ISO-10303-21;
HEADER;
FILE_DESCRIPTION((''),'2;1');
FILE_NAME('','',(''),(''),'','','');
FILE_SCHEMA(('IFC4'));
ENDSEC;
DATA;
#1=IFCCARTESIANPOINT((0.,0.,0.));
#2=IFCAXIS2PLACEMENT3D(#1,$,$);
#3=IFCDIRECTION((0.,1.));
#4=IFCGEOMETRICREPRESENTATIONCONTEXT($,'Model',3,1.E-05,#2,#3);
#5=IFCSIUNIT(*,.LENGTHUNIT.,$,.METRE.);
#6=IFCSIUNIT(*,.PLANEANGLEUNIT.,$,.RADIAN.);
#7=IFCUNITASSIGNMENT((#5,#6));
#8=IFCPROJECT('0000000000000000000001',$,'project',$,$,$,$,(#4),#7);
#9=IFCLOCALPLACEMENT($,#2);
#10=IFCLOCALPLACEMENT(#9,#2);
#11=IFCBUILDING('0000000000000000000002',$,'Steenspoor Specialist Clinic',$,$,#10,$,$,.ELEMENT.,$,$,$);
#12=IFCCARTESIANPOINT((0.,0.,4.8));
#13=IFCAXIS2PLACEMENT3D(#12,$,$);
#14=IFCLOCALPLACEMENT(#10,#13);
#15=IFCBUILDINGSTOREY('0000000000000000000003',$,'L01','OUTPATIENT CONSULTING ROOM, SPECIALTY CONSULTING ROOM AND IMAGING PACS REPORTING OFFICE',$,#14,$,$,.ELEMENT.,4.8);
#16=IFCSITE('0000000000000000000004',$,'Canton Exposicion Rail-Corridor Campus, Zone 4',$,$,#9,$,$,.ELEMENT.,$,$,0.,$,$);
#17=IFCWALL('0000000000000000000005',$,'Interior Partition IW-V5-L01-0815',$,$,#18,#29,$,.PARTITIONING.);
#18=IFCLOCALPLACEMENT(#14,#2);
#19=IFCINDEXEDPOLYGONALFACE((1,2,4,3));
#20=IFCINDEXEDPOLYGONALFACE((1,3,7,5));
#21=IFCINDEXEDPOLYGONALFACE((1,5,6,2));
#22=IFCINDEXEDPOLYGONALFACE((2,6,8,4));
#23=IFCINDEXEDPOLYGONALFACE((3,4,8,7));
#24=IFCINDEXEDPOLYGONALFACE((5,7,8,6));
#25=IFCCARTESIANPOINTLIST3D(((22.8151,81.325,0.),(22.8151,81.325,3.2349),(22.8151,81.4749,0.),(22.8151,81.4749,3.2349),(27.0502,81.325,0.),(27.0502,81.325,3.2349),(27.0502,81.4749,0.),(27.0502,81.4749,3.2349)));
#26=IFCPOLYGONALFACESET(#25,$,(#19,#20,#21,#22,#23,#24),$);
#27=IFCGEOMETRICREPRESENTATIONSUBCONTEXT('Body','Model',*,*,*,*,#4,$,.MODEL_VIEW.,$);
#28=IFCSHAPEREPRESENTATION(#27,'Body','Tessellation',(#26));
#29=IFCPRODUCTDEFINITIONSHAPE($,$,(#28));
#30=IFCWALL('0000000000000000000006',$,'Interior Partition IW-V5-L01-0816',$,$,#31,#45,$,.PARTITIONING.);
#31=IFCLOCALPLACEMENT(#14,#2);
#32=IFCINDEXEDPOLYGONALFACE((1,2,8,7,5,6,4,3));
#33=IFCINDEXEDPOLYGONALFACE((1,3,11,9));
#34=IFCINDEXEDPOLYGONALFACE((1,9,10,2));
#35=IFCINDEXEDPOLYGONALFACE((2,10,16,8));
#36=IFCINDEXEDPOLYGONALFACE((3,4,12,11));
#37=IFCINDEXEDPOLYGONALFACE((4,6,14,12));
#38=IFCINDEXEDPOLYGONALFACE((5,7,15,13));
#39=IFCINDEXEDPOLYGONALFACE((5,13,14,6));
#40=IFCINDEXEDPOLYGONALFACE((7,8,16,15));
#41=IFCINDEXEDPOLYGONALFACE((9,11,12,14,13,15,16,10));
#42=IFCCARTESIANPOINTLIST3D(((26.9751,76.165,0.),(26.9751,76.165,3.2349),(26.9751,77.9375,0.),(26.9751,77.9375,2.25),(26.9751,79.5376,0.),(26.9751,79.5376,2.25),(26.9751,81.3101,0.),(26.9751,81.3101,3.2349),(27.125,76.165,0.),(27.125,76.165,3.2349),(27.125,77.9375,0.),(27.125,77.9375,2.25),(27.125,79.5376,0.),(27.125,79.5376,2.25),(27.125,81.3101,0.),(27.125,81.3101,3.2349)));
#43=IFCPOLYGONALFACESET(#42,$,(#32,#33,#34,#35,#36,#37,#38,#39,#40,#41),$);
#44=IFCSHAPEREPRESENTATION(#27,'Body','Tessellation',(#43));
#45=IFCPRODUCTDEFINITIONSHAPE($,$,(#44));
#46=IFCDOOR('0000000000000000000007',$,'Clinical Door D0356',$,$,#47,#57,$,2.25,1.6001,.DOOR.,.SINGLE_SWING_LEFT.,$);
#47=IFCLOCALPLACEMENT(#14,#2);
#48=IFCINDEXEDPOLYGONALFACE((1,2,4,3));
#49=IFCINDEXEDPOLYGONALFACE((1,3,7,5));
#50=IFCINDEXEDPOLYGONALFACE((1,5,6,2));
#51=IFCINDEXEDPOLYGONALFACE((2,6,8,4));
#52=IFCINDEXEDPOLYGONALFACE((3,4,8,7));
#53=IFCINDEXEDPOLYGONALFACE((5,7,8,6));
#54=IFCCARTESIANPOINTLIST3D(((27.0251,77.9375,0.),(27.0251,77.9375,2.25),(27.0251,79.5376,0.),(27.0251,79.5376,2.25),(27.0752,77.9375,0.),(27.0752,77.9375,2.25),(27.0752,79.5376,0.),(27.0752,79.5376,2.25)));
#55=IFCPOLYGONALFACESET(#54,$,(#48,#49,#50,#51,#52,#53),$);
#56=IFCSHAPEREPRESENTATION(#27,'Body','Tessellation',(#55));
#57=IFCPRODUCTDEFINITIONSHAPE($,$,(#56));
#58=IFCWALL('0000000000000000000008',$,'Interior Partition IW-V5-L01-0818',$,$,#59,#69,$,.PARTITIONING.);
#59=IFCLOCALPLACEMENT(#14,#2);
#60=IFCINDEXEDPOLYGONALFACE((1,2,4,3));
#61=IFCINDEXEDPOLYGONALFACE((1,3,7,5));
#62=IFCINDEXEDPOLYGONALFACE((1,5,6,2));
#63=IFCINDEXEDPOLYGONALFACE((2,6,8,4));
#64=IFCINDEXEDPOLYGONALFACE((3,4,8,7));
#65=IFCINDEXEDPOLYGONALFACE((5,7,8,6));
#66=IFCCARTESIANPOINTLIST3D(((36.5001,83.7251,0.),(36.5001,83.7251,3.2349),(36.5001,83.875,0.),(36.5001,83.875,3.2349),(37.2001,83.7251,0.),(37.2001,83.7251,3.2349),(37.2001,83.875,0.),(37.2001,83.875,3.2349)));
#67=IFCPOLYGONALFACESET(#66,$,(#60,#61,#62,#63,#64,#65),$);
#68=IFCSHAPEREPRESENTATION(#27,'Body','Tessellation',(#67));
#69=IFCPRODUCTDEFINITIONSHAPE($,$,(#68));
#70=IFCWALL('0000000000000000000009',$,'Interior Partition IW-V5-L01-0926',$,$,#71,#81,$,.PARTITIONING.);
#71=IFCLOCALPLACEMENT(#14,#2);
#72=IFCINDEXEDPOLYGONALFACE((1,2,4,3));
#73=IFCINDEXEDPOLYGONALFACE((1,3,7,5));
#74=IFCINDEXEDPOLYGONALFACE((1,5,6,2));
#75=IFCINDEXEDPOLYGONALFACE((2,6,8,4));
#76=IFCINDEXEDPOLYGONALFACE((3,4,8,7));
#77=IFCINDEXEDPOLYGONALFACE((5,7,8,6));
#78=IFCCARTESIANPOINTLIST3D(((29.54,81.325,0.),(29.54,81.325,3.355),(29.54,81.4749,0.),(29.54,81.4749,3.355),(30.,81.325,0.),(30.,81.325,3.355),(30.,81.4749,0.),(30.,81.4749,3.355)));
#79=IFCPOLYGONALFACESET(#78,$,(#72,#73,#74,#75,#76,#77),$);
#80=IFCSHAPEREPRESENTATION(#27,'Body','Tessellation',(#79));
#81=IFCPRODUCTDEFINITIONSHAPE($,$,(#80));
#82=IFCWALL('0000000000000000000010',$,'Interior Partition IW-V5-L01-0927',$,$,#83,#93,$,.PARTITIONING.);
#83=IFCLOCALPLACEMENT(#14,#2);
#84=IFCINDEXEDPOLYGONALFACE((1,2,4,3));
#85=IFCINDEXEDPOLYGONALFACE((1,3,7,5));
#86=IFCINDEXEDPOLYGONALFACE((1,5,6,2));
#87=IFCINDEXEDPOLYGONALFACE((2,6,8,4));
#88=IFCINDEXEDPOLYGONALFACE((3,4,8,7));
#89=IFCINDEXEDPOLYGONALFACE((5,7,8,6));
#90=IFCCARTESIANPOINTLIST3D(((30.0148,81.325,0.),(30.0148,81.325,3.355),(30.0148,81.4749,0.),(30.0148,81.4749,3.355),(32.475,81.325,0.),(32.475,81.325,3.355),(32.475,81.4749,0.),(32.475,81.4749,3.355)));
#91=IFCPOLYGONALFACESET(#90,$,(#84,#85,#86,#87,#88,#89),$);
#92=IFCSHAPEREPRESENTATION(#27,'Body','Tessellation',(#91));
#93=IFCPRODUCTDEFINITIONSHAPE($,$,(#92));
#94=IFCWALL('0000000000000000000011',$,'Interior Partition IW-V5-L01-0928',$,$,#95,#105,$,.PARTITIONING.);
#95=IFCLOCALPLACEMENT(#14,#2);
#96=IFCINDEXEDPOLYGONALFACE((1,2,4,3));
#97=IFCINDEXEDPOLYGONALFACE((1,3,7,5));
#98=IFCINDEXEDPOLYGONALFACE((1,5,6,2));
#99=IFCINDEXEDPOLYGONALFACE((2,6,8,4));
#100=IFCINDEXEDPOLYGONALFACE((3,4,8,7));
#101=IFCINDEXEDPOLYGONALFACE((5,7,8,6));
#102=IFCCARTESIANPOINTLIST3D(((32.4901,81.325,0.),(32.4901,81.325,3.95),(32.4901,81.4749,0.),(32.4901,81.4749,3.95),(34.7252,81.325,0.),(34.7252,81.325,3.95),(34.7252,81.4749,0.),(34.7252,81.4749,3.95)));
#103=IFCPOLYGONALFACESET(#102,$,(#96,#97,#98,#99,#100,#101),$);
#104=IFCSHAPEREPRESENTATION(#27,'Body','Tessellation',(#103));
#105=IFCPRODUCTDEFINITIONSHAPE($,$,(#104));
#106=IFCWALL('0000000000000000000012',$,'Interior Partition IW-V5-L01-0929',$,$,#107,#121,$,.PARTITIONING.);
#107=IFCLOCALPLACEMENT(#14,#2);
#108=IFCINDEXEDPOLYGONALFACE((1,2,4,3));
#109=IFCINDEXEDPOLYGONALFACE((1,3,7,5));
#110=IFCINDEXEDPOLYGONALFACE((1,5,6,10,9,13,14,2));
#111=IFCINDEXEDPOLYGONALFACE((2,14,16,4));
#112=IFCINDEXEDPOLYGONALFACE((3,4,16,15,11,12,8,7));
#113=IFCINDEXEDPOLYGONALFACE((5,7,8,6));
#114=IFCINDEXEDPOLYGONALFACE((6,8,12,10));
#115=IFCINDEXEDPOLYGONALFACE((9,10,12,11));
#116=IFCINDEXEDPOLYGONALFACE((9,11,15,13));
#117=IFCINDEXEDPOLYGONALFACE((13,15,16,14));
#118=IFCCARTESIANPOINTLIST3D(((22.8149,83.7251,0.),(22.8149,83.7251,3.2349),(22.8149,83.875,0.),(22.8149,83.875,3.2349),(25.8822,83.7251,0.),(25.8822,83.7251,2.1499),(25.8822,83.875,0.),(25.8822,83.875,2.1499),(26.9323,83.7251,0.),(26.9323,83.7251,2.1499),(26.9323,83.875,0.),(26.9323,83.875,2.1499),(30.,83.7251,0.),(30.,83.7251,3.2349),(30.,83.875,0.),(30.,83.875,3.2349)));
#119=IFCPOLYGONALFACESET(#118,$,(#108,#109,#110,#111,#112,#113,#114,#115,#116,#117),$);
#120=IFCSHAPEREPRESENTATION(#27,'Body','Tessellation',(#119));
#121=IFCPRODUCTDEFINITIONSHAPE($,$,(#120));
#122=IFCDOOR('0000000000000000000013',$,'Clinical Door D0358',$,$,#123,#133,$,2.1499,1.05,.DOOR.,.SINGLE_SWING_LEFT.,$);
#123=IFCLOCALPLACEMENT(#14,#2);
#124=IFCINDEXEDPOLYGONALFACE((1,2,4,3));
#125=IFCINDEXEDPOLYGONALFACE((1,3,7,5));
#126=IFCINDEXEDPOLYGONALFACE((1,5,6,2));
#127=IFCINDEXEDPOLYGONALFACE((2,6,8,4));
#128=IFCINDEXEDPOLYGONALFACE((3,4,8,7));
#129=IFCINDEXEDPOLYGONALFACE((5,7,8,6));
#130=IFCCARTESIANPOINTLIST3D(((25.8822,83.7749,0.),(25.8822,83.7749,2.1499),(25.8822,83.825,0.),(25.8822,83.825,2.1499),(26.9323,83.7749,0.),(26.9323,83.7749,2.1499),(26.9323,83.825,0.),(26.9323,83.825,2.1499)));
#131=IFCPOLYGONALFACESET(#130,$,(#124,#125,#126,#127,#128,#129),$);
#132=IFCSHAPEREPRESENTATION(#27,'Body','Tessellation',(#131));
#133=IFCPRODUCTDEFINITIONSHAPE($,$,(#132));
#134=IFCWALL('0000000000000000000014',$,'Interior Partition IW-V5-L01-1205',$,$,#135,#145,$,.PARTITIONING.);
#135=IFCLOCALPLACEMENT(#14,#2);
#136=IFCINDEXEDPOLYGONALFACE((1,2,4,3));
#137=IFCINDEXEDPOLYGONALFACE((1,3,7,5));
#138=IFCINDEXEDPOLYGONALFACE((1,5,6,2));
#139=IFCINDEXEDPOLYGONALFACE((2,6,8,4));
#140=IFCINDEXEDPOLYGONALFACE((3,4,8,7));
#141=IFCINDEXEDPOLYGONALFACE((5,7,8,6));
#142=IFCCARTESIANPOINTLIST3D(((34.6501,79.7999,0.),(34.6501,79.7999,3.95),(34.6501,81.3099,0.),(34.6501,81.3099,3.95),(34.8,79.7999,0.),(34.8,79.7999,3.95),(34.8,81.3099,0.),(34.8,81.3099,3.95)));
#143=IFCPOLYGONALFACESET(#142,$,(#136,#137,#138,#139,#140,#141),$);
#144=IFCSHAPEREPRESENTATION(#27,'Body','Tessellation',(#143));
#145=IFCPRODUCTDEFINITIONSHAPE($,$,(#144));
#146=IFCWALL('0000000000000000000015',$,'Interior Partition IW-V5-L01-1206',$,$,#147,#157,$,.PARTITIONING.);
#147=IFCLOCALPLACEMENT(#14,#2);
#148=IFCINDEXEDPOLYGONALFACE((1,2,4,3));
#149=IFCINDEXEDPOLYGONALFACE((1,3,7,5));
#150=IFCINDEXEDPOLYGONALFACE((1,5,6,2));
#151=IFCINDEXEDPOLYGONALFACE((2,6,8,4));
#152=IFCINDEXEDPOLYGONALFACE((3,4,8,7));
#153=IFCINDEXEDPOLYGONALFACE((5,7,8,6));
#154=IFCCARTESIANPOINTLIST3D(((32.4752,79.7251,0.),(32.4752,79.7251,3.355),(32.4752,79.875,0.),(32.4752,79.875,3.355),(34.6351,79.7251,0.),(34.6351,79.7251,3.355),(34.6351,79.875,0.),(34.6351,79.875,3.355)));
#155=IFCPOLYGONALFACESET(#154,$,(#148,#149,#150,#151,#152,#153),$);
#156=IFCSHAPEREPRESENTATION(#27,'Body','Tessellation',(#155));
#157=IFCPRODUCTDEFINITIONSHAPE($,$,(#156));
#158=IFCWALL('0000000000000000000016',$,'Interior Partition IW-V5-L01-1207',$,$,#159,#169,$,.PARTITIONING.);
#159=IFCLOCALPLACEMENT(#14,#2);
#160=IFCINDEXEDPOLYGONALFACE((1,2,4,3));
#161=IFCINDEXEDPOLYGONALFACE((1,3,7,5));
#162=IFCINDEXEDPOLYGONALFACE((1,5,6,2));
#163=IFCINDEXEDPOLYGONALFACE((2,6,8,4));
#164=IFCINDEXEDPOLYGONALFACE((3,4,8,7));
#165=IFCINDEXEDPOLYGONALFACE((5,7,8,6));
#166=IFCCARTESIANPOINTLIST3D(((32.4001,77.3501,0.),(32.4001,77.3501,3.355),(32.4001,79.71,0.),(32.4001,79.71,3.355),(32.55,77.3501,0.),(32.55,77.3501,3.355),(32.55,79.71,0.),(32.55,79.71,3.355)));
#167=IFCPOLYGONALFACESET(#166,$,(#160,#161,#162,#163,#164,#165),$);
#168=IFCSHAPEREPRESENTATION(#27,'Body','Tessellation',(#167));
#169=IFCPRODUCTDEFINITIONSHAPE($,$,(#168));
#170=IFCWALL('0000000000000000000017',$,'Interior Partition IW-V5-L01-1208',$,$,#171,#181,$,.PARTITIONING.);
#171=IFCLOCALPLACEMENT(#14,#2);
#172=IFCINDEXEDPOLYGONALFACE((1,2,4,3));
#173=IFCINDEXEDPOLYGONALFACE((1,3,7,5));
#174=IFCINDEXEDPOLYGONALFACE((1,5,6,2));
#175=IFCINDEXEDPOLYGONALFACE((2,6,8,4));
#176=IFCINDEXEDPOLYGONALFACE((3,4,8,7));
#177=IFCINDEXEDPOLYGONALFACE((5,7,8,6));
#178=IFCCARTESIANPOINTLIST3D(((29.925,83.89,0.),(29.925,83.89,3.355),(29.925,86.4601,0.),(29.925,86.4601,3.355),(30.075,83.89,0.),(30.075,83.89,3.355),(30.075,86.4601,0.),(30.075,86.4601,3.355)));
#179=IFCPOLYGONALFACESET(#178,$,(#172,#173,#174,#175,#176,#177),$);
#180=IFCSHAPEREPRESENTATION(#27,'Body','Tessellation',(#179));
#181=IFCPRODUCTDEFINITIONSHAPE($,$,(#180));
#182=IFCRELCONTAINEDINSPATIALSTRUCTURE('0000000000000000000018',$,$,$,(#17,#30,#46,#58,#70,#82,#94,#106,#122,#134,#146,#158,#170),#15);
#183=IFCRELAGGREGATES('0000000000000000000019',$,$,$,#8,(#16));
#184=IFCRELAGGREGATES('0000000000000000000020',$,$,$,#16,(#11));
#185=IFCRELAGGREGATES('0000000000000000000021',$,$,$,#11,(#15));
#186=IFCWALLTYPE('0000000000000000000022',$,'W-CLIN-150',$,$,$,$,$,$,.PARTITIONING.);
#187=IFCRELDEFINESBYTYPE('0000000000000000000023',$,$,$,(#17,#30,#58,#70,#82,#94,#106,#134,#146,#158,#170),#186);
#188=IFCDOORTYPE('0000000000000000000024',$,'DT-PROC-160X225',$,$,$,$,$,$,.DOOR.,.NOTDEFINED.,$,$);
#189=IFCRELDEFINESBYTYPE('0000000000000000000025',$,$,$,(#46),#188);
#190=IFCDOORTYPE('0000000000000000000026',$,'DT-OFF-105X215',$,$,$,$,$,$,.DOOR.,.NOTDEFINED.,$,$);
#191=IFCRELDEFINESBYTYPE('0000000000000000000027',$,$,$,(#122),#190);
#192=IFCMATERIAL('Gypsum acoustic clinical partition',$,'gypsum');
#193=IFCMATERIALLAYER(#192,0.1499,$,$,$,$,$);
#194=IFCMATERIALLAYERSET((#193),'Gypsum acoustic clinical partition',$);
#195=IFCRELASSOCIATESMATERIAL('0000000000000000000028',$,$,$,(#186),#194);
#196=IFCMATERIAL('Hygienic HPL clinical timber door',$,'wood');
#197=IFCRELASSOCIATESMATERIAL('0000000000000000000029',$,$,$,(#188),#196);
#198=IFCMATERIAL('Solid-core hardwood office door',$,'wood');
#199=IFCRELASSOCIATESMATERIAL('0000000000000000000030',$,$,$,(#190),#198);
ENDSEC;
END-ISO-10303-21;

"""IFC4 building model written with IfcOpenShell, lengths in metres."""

from ifc_helpers import new_model, si_unit, direction, frame, frame_2d, origin, place, context, subcontext, project, spatial, rectangle, extrude, material, layer, layer_set, type_object, element, fill, save


model = new_model("IFC4")

# Units and contexts
model_context = context("Model", 3, precision=1e-05, world=origin(), true_north=direction((0.0, 1.0)))
body_context = subcontext(model_context, "Body", "Model", "MODEL_VIEW")
ifc_project = project(units=[si_unit("LENGTHUNIT", "METRE"), si_unit("PLANEANGLEUNIT", "RADIAN")], contexts=[model_context])

# Site, building, storey
site_placement = place(None, origin())
site = spatial("IfcSite", under=ifc_project, at=site_placement, Name="Canton Exposicion Rail-Corridor Campus, Zone 4", CompositionType="ELEMENT", RefElevation=0.0)
building_placement = place(site_placement, origin())
building = spatial("IfcBuilding", under=site, at=building_placement, Name="Steenspoor Specialist Clinic", CompositionType="ELEMENT")
storey_placement = place(building_placement, frame((0.0, 0.0, 4.8)))
storey = spatial("IfcBuildingStorey", under=building, at=storey_placement, Name="L01", Description="OUTPATIENT CONSULTING ROOM, SPECIALTY CONSULTING ROOM AND IMAGING PACS REPORTING OFFICE", CompositionType="ELEMENT", Elevation=4.8)

# Wall
ifc_material_1 = material(Name="Gypsum acoustic clinical partition", Category="gypsum")
ifc_layer_1 = layer(ifc_material_1, 0.1499)
ifc_layer_set_1 = layer_set([ifc_layer_1], Name="Gypsum acoustic clinical partition")
wall_type_1 = type_object("IfcWallType", Name="W-CLIN-150", PredefinedType="PARTITIONING", material=ifc_layer_set_1)
wall_1_placement = place(storey_placement, frame((22.8149, 81.3999, 0.0), z_axis=(0.0, 0.0, 1.0), x_axis=(1.0, 0.0, 0.0)))
element("IfcWall", 1, at=wall_1_placement, inside=storey, type_object=wall_type_1, Name="Interior Partition IW-V5-L01-0815", PredefinedType="PARTITIONING", context=body_context, shape_type="SweptSolid", body=[
    extrude(rectangle(XDim=4.2351, YDim=0.1499, at=frame_2d((2.1177, 0.0))), origin(), (0.0, 0.0, 1.0), 3.2349),
])

# Wall, opening, door
wall_2_placement = place(storey_placement, frame((27.05, 76.165, 0.0), z_axis=(0.0, 0.0, 1.0), x_axis=(0.0, 1.0, 0.0)))
wall_2 = element("IfcWall", 2, at=wall_2_placement, inside=storey, type_object=wall_type_1, Name="Interior Partition IW-V5-L01-0816", PredefinedType="PARTITIONING", context=body_context, shape_type="SweptSolid", body=[
    extrude(rectangle(XDim=5.145, YDim=0.1499, at=frame_2d((2.5725, 0.0))), origin(), (0.0, 0.0, 1.0), 3.2349),
])
opening_1_placement = place(wall_2_placement, frame((1.7725, 0.0, 0.0)))
opening_1 = element("IfcOpeningElement", 3, at=opening_1_placement, cuts=wall_2, PredefinedType="OPENING", context=body_context, shape_type="SweptSolid", body=[
    extrude(rectangle(XDim=1.6001, YDim=2.25, at=frame_2d((0.8, 1.125))), frame((0.0, 0.085, 0.0), z_axis=(0.0, -1.0, 0.0), x_axis=(1.0, 0.0, 0.0)), (0.0, 0.0, 1.0), 0.1699),
])
ifc_material_2 = material(Name="Hygienic HPL clinical timber door", Category="wood")
door_type_1 = type_object("IfcDoorType", Name="DT-PROC-160X225", OperationType="NOTDEFINED", PredefinedType="DOOR", material=ifc_material_2)
door_1_placement = place(opening_1_placement, origin())
door_1 = element("IfcDoor", 4, at=door_1_placement, inside=storey, type_object=door_type_1, Name="Clinical Door D0356", OperationType="SINGLE_SWING_LEFT", OverallHeight=2.25, OverallWidth=1.6001, PredefinedType="DOOR", context=body_context, shape_type="SweptSolid", body=[
    extrude(rectangle(XDim=1.6001, YDim=2.25, at=frame_2d((0.8, 1.125))), frame((0.0, 0.0249, 0.0), z_axis=(0.0, -1.0, 0.0), x_axis=(1.0, 0.0, 0.0)), (0.0, 0.0, 1.0), 0.05),
])
fill(opening_1, door_1)

# Walls
wall_3_placement = place(storey_placement, frame((36.5, 83.8, 0.0), z_axis=(0.0, 0.0, 1.0), x_axis=(1.0, 0.0, 0.0)))
element("IfcWall", 5, at=wall_3_placement, inside=storey, type_object=wall_type_1, Name="Interior Partition IW-V5-L01-0818", PredefinedType="PARTITIONING", context=body_context, shape_type="SweptSolid", body=[
    extrude(rectangle(XDim=0.7, YDim=0.1499, at=frame_2d((0.3501, 0.0))), origin(), (0.0, 0.0, 1.0), 3.2349),
])
wall_4_placement = place(storey_placement, frame((29.54, 81.3999, 0.0), z_axis=(0.0, 0.0, 1.0), x_axis=(1.0, 0.0, 0.0)))
element("IfcWall", 6, at=wall_4_placement, inside=storey, type_object=wall_type_1, Name="Interior Partition IW-V5-L01-0926", PredefinedType="PARTITIONING", context=body_context, shape_type="SweptSolid", body=[
    extrude(rectangle(XDim=0.46, YDim=0.1499, at=frame_2d((0.23, 0.0))), origin(), (0.0, 0.0, 1.0), 3.355),
])
wall_5_placement = place(storey_placement, frame((30.0149, 81.3999, 0.0), z_axis=(0.0, 0.0, 1.0), x_axis=(1.0, 0.0, 0.0)))
element("IfcWall", 7, at=wall_5_placement, inside=storey, type_object=wall_type_1, Name="Interior Partition IW-V5-L01-0927", PredefinedType="PARTITIONING", context=body_context, shape_type="SweptSolid", body=[
    extrude(rectangle(XDim=2.4602, YDim=0.1499, at=frame_2d((1.23, 0.0))), origin(), (0.0, 0.0, 1.0), 3.355),
])
wall_6_placement = place(storey_placement, frame((32.49, 81.3999, 0.0), z_axis=(0.0, 0.0, 1.0), x_axis=(1.0, 0.0, 0.0)))
element("IfcWall", 8, at=wall_6_placement, inside=storey, type_object=wall_type_1, Name="Interior Partition IW-V5-L01-0928", PredefinedType="PARTITIONING", context=body_context, shape_type="SweptSolid", body=[
    extrude(rectangle(XDim=2.2351, YDim=0.1499, at=frame_2d((1.1177, 0.0))), origin(), (0.0, 0.0, 1.0), 3.95),
])

# Wall, opening, door
wall_7_placement = place(storey_placement, frame((22.8149, 83.8, 0.0), z_axis=(0.0, 0.0, 1.0), x_axis=(1.0, 0.0, 0.0)))
wall_7 = element("IfcWall", 9, at=wall_7_placement, inside=storey, type_object=wall_type_1, Name="Interior Partition IW-V5-L01-0929", PredefinedType="PARTITIONING", context=body_context, shape_type="SweptSolid", body=[
    extrude(rectangle(XDim=7.1851, YDim=0.1499, at=frame_2d((3.5925, 0.0))), origin(), (0.0, 0.0, 1.0), 3.2349),
])
opening_2_placement = place(wall_7_placement, frame((3.0674, 0.0, 0.0)))
opening_2 = element("IfcOpeningElement", 10, at=opening_2_placement, cuts=wall_7, PredefinedType="OPENING", context=body_context, shape_type="SweptSolid", body=[
    extrude(rectangle(XDim=1.05, YDim=2.1499, at=frame_2d((0.5249, 1.075))), frame((0.0, 0.085, 0.0), z_axis=(0.0, -1.0, 0.0), x_axis=(1.0, 0.0, 0.0)), (0.0, 0.0, 1.0), 0.1699),
])
ifc_material_3 = material(Name="Solid-core hardwood office door", Category="wood")
door_type_2 = type_object("IfcDoorType", Name="DT-OFF-105X215", OperationType="NOTDEFINED", PredefinedType="DOOR", material=ifc_material_3)
door_2_placement = place(opening_2_placement, origin())
door_2 = element("IfcDoor", 11, at=door_2_placement, inside=storey, type_object=door_type_2, Name="Clinical Door D0358", OperationType="SINGLE_SWING_LEFT", OverallHeight=2.1499, OverallWidth=1.05, PredefinedType="DOOR", context=body_context, shape_type="SweptSolid", body=[
    extrude(rectangle(XDim=1.05, YDim=2.1499, at=frame_2d((0.5249, 1.075))), frame((0.0, 0.0249, 0.0), z_axis=(0.0, -1.0, 0.0), x_axis=(1.0, 0.0, 0.0)), (0.0, 0.0, 1.0), 0.05),
])
fill(opening_2, door_2)

# Walls
wall_8_placement = place(storey_placement, frame((34.7251, 79.8, 0.0), z_axis=(0.0, 0.0, 1.0), x_axis=(0.0, 1.0, 0.0)))
element("IfcWall", 12, at=wall_8_placement, inside=storey, type_object=wall_type_1, Name="Interior Partition IW-V5-L01-1205", PredefinedType="PARTITIONING", context=body_context, shape_type="SweptSolid", body=[
    extrude(rectangle(XDim=1.51, YDim=0.1499, at=frame_2d((0.7549, 0.0))), origin(), (0.0, 0.0, 1.0), 3.95),
])
wall_9_placement = place(storey_placement, frame((32.4751, 79.8, 0.0), z_axis=(0.0, 0.0, 1.0), x_axis=(1.0, 0.0, 0.0)))
element("IfcWall", 13, at=wall_9_placement, inside=storey, type_object=wall_type_1, Name="Interior Partition IW-V5-L01-1206", PredefinedType="PARTITIONING", context=body_context, shape_type="SweptSolid", body=[
    extrude(rectangle(XDim=2.1599, YDim=0.1499, at=frame_2d((1.0801, 0.0))), origin(), (0.0, 0.0, 1.0), 3.355),
])
wall_10_placement = place(storey_placement, frame((32.4751, 77.3501, 0.0), z_axis=(0.0, 0.0, 1.0), x_axis=(0.0, 1.0, 0.0)))
element("IfcWall", 14, at=wall_10_placement, inside=storey, type_object=wall_type_1, Name="Interior Partition IW-V5-L01-1207", PredefinedType="PARTITIONING", context=body_context, shape_type="SweptSolid", body=[
    extrude(rectangle(XDim=2.3599, YDim=0.1499, at=frame_2d((1.1799, 0.0))), origin(), (0.0, 0.0, 1.0), 3.355),
])
wall_11_placement = place(storey_placement, frame((30.0, 83.8899, 0.0), z_axis=(0.0, 0.0, 1.0), x_axis=(0.0, 1.0, 0.0)))
element("IfcWall", 15, at=wall_11_placement, inside=storey, type_object=wall_type_1, Name="Interior Partition IW-V5-L01-1208", PredefinedType="PARTITIONING", context=body_context, shape_type="SweptSolid", body=[
    extrude(rectangle(XDim=2.5701, YDim=0.1499, at=frame_2d((1.2852, 0.0))), origin(), (0.0, 0.0, 1.0), 3.355),
])

save(model, "model.ifc")
